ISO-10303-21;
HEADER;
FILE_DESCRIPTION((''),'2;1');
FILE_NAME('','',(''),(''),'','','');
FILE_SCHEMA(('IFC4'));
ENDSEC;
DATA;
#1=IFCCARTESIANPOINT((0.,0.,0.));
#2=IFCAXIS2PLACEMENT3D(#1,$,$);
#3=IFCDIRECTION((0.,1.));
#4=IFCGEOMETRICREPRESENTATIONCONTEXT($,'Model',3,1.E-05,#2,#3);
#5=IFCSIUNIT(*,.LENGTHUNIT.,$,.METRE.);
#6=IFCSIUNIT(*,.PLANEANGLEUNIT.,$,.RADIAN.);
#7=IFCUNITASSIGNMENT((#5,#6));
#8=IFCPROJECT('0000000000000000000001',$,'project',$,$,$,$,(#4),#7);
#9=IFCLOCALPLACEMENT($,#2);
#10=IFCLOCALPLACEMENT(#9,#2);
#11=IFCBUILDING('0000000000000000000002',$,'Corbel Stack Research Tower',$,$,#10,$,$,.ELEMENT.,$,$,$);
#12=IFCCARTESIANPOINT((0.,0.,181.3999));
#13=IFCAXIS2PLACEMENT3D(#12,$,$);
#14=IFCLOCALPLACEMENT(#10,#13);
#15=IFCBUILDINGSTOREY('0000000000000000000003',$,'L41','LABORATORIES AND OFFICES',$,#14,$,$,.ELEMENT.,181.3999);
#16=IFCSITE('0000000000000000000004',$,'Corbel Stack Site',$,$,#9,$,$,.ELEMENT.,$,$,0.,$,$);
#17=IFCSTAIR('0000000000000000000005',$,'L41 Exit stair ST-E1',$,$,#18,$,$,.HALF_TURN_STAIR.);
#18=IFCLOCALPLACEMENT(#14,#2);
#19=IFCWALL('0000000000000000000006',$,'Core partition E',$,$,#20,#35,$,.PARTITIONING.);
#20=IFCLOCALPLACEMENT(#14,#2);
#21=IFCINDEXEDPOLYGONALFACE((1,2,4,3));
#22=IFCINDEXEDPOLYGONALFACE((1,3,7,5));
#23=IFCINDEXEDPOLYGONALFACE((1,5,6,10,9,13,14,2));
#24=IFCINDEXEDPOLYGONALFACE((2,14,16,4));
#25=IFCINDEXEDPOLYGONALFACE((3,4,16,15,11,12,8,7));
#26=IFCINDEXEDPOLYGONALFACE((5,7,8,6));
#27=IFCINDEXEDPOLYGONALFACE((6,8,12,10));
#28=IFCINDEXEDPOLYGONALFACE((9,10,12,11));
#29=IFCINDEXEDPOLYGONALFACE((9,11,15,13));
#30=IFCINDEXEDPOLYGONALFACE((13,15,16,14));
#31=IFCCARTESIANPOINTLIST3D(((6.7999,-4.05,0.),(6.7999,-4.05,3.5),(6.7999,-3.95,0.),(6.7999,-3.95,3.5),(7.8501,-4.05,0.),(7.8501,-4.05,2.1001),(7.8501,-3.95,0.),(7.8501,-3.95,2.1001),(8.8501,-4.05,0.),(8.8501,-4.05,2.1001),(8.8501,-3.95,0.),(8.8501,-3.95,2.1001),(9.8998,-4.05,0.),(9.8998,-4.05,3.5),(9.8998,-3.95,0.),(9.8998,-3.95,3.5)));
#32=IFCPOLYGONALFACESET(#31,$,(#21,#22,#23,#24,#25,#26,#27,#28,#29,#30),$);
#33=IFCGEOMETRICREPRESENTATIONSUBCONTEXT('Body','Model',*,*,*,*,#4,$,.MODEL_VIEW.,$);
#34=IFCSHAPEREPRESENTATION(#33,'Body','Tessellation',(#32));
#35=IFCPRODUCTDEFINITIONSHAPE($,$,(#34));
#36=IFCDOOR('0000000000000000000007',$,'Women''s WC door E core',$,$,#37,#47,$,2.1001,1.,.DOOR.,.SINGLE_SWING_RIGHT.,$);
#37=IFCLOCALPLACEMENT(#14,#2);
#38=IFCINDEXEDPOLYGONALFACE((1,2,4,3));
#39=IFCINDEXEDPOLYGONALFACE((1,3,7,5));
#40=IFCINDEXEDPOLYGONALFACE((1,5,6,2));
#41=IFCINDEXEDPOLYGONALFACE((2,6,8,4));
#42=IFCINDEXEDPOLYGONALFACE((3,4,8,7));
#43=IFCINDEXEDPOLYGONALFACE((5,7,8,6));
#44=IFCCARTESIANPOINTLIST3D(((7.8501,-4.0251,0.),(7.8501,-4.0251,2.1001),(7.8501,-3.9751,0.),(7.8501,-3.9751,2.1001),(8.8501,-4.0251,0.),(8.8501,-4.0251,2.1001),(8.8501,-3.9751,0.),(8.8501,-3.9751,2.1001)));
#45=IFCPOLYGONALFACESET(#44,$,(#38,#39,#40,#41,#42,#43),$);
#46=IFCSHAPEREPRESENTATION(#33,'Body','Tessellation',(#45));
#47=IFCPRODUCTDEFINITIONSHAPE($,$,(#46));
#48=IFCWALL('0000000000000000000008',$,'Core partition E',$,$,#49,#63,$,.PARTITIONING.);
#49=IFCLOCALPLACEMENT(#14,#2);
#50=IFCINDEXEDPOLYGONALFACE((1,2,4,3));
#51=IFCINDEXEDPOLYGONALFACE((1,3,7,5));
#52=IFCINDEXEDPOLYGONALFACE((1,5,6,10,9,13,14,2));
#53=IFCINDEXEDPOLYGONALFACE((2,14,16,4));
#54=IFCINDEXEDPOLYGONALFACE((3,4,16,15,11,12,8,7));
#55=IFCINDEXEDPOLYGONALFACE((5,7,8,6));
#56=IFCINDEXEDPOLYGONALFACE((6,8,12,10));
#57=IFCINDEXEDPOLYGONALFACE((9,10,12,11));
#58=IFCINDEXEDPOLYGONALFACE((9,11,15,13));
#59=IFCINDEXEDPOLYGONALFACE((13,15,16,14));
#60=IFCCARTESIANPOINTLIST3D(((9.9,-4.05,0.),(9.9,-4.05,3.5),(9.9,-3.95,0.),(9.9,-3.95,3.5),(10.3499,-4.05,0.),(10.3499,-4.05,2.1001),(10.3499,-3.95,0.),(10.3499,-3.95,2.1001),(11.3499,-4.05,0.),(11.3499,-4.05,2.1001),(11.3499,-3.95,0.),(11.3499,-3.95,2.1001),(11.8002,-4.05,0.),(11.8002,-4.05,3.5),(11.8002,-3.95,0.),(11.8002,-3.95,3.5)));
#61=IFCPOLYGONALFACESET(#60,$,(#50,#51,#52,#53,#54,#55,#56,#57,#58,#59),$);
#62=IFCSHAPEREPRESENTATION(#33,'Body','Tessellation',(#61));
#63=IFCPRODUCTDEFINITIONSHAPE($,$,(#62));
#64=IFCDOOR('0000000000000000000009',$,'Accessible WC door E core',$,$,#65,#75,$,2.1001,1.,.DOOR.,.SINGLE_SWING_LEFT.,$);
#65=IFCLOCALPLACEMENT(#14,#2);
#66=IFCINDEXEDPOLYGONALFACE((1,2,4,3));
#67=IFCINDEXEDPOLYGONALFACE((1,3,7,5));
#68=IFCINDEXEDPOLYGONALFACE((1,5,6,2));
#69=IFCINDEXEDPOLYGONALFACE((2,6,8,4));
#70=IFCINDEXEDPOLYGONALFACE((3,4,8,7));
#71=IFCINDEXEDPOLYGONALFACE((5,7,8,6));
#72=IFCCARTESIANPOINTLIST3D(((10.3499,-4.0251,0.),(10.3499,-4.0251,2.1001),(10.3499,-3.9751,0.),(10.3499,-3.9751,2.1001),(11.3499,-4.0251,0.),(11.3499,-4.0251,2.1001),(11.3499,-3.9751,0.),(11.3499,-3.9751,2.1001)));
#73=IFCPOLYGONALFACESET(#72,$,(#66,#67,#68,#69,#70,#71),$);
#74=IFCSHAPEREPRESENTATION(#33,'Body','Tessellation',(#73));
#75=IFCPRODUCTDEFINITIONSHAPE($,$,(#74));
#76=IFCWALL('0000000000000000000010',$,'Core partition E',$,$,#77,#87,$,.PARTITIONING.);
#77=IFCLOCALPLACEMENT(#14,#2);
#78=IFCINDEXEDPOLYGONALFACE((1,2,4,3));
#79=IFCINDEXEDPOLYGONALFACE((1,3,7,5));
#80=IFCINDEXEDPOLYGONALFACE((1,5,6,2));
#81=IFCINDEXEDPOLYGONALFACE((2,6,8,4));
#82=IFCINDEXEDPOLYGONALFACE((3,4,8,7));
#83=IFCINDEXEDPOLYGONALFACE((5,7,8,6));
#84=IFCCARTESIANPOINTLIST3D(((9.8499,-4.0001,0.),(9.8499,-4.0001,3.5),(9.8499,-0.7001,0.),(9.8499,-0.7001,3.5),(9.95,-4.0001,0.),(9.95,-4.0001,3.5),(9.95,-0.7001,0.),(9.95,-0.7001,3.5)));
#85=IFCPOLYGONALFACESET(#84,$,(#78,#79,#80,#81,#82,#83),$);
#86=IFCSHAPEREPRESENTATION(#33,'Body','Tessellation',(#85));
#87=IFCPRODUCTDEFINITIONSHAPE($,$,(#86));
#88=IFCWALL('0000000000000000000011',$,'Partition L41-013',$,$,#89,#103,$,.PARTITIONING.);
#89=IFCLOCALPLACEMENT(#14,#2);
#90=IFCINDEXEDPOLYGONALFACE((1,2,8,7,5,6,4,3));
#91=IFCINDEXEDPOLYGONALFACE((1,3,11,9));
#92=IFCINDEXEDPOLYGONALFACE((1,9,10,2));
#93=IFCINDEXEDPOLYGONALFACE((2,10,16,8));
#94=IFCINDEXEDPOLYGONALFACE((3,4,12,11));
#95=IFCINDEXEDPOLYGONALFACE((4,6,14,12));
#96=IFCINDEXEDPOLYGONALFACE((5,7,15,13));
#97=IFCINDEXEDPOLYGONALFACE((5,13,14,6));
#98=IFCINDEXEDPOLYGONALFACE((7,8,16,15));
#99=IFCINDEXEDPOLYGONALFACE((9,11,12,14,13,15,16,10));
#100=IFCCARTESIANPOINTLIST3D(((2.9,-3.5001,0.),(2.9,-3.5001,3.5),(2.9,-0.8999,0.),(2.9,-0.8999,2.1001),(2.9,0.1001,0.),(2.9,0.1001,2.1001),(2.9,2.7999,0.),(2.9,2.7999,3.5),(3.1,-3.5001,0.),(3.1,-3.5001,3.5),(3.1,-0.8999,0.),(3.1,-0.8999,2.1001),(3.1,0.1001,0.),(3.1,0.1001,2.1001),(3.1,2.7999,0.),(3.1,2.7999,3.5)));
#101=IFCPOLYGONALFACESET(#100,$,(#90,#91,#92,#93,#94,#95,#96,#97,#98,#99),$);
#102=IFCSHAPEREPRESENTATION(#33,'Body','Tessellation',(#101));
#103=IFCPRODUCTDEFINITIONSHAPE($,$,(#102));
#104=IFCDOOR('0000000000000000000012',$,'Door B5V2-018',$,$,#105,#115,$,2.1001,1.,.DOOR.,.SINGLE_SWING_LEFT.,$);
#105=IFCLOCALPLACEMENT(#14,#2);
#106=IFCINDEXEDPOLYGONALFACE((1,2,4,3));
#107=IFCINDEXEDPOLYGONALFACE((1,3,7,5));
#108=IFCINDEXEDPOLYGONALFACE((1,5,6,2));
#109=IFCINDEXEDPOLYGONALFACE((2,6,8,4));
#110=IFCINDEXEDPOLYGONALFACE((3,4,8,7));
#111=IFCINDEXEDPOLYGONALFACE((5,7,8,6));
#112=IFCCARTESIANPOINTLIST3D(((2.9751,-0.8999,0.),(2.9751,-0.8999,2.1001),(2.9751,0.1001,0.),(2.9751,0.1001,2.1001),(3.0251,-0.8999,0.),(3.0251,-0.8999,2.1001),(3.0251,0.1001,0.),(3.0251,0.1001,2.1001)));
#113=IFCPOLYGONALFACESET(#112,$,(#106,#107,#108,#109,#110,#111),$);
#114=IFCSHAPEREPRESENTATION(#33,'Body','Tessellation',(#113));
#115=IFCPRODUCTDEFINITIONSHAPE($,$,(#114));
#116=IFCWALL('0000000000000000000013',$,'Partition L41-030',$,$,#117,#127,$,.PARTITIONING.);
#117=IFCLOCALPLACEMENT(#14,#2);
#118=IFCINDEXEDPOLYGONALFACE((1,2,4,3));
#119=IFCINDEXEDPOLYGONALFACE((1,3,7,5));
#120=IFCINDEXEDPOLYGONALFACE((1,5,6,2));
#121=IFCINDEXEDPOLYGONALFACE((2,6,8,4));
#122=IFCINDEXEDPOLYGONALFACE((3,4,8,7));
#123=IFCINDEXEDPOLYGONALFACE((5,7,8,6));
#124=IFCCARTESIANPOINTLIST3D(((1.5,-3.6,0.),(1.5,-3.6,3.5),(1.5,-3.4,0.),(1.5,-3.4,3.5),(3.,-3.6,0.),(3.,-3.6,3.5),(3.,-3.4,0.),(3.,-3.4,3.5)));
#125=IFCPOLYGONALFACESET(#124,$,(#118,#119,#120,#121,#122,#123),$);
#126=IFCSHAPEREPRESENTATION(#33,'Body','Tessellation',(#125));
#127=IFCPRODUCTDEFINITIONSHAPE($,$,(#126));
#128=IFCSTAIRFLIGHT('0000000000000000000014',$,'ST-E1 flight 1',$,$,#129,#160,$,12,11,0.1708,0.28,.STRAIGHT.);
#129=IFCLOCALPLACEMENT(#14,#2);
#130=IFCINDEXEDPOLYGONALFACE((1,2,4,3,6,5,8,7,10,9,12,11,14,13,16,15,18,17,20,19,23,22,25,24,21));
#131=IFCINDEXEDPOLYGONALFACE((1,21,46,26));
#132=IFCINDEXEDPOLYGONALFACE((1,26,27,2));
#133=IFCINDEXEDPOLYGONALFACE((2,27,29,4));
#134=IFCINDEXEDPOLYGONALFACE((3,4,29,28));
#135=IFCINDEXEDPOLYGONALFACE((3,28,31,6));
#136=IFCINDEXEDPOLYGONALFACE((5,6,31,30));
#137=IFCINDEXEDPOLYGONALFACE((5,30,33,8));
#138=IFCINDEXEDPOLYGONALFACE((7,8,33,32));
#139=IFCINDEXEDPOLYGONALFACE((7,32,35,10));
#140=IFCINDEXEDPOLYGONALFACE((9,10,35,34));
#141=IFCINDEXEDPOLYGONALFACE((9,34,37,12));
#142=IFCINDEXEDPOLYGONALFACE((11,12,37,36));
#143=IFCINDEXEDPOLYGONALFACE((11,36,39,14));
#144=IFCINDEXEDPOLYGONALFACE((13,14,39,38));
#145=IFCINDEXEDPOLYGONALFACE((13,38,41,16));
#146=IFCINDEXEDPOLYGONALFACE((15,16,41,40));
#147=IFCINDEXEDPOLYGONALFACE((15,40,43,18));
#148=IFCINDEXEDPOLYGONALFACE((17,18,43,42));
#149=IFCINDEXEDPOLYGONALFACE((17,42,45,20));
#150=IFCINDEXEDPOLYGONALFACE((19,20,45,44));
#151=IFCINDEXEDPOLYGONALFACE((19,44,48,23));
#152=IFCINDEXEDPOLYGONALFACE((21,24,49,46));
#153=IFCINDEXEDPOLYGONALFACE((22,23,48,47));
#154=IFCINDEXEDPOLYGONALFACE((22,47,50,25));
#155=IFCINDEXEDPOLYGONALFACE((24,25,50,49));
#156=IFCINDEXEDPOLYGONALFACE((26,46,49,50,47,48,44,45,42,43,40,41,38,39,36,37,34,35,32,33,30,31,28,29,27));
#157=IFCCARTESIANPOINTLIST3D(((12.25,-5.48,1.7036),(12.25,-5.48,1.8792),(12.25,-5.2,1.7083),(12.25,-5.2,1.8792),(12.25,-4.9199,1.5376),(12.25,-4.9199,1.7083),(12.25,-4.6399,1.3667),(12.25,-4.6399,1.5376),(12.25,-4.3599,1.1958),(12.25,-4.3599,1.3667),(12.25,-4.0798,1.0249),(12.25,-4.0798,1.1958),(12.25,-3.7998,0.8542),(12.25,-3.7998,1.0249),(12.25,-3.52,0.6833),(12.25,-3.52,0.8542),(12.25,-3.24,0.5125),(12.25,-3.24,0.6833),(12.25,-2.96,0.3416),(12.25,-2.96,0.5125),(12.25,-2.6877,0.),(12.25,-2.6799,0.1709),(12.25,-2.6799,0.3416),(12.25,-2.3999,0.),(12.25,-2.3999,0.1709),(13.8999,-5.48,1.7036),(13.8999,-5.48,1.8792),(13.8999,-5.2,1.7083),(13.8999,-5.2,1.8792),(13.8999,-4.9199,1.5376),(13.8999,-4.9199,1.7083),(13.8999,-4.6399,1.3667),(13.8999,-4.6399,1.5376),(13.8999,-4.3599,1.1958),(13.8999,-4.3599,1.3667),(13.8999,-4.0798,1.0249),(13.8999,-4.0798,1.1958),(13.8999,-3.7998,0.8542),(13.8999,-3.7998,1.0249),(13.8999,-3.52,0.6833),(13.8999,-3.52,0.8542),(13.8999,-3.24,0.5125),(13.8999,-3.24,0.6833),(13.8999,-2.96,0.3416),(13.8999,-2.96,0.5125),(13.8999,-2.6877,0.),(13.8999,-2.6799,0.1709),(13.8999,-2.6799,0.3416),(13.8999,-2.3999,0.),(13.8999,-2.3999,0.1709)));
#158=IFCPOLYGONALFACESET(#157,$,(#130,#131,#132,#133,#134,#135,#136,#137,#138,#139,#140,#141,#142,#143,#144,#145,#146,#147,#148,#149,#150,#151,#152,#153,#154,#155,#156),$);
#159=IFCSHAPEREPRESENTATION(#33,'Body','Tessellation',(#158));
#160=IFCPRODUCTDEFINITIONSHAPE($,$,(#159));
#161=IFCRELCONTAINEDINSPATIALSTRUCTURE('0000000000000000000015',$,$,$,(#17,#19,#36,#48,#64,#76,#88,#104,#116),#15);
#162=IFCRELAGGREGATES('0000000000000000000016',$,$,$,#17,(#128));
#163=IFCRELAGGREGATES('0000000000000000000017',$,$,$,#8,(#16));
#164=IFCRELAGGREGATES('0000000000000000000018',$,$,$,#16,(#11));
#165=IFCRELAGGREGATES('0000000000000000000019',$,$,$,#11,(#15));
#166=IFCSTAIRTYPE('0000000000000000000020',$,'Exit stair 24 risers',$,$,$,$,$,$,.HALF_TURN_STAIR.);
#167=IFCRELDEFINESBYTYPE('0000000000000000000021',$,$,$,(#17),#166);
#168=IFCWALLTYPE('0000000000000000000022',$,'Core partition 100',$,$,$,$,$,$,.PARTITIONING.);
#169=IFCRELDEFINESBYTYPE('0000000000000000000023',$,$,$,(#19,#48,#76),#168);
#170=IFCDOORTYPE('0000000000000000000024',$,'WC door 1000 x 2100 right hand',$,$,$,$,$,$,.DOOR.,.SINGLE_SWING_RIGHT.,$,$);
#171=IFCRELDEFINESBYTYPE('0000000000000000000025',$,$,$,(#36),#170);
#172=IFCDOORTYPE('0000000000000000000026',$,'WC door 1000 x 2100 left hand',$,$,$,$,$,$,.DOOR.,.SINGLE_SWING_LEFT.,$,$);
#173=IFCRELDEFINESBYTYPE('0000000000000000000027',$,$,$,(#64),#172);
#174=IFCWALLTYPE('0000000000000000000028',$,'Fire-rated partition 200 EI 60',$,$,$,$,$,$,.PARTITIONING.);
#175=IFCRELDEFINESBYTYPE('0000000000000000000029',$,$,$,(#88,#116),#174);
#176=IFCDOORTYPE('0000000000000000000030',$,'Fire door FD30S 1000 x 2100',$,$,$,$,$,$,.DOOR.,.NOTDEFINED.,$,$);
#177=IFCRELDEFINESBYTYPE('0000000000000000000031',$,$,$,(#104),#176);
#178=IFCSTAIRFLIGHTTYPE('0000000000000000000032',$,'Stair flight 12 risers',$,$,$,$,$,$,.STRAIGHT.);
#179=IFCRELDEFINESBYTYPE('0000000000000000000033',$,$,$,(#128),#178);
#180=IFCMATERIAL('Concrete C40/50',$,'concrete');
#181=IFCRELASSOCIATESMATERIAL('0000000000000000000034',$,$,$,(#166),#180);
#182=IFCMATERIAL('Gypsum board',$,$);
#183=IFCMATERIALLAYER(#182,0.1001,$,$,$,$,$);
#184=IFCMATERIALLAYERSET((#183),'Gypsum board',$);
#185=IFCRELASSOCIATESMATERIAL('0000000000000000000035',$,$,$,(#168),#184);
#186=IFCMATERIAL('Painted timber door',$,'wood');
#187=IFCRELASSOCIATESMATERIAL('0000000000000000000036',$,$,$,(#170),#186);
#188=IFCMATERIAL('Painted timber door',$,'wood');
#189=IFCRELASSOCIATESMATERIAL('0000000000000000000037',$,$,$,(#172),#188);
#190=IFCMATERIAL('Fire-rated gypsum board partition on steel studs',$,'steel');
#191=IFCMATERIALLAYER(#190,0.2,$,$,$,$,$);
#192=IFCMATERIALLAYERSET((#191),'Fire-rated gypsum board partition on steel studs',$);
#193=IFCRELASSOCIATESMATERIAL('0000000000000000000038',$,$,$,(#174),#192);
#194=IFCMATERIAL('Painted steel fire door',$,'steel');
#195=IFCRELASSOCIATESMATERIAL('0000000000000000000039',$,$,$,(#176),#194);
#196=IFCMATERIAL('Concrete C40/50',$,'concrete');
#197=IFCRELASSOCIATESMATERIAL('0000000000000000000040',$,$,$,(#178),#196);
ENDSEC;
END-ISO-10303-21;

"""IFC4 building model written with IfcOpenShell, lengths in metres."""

from ifc_helpers import new_model, si_unit, direction, frame, frame_2d, origin, place, context, subcontext, project, spatial, polyline, rectangle, outline, extrude, material, layer, layer_set, type_object, element, fill, aggregate, save


model = new_model("IFC4")

# Units and contexts
model_context = context("Model", 3, precision=1e-05, world=origin(), true_north=direction((0.0, 1.0)))
body_context = subcontext(model_context, "Body", "Model", "MODEL_VIEW")
ifc_project = project(units=[si_unit("LENGTHUNIT", "METRE"), si_unit("PLANEANGLEUNIT", "RADIAN")], contexts=[model_context])

# Site, building, storey
site_placement = place(None, origin())
site = spatial("IfcSite", under=ifc_project, at=site_placement, Name="Corbel Stack Site", CompositionType="ELEMENT", RefElevation=0.0)
building_placement = place(site_placement, origin())
building = spatial("IfcBuilding", under=site, at=building_placement, Name="Corbel Stack Research Tower", CompositionType="ELEMENT")
storey_placement = place(building_placement, frame((0.0, 0.0, 181.3999)))
storey = spatial("IfcBuildingStorey", under=building, at=storey_placement, Name="L41", Description="LABORATORIES AND OFFICES", CompositionType="ELEMENT", Elevation=181.3999)

# Stair
ifc_material_1 = material(Name="Concrete C40/50", Category="concrete")
stair_type = type_object("IfcStairType", Name="Exit stair 24 risers", PredefinedType="HALF_TURN_STAIR", material=ifc_material_1)
stair_1_placement = place(storey_placement, origin())
stair_1 = element("IfcStair", 1, at=stair_1_placement, inside=storey, type_object=stair_type, Name="L41 Exit stair ST-E1", PredefinedType="HALF_TURN_STAIR")

# Walls, openings, doors
ifc_material_2 = material(Name="Gypsum board")
ifc_layer_1 = layer(ifc_material_2, 0.1001)
ifc_layer_set_1 = layer_set([ifc_layer_1], Name="Gypsum board")
wall_type_1 = type_object("IfcWallType", Name="Core partition 100", PredefinedType="PARTITIONING", material=ifc_layer_set_1)
wall_1_placement = place(storey_placement, frame((6.8, -4.0, 0.0), z_axis=(0.0, 0.0, 1.0), x_axis=(1.0, 0.0, 0.0)))
wall_1 = element("IfcWall", 2, at=wall_1_placement, inside=storey, type_object=wall_type_1, Name="Core partition E", PredefinedType="PARTITIONING", context=body_context, shape_type="SweptSolid", body=[
    extrude(rectangle(XDim=3.0999, YDim=0.1001, at=frame_2d((1.5498, 0.0))), origin(), (0.0, 0.0, 1.0), 3.5),
])
opening_1_placement = place(wall_1_placement, frame((1.05, 0.0, 0.0)))
opening_1 = element("IfcOpeningElement", 3, at=opening_1_placement, cuts=wall_1, PredefinedType="OPENING", context=body_context, shape_type="SweptSolid", body=[
    extrude(rectangle(XDim=1.0, YDim=2.1001, at=frame_2d((0.5, 1.05))), frame((0.0, 0.0601, 0.0), z_axis=(0.0, -1.0, 0.0), x_axis=(1.0, 0.0, 0.0)), (0.0, 0.0, 1.0), 0.1201),
])
ifc_material_3 = material(Name="Painted timber door", Category="wood")
door_type_1 = type_object("IfcDoorType", Name="WC door 1000 x 2100 right hand", OperationType="SINGLE_SWING_RIGHT", PredefinedType="DOOR", material=ifc_material_3)
door_1_placement = place(opening_1_placement, origin())
door_1 = element("IfcDoor", 4, at=door_1_placement, inside=storey, type_object=door_type_1, Name="Women's WC door E core", OperationType="SINGLE_SWING_RIGHT", OverallHeight=2.1001, OverallWidth=1.0, PredefinedType="DOOR", context=body_context, shape_type="SweptSolid", body=[
    extrude(rectangle(XDim=1.0, YDim=2.1001, at=frame_2d((0.5, 1.05))), frame((0.0, 0.0249, 0.0), z_axis=(0.0, -1.0, 0.0), x_axis=(1.0, 0.0, 0.0)), (0.0, 0.0, 1.0), 0.05),
])
fill(opening_1, door_1)
wall_2_placement = place(storey_placement, frame((9.8999, -4.0, 0.0), z_axis=(0.0, 0.0, 1.0), x_axis=(1.0, 0.0, 0.0)))
wall_2 = element("IfcWall", 5, at=wall_2_placement, inside=storey, type_object=wall_type_1, Name="Core partition E", PredefinedType="PARTITIONING", context=body_context, shape_type="SweptSolid", body=[
    extrude(rectangle(XDim=1.9001, YDim=0.1001, at=frame_2d((0.9502, 0.0))), origin(), (0.0, 0.0, 1.0), 3.5),
])
opening_2_placement = place(wall_2_placement, frame((0.45, 0.0, 0.0)))
opening_2 = element("IfcOpeningElement", 6, at=opening_2_placement, cuts=wall_2, PredefinedType="OPENING", context=body_context, shape_type="SweptSolid", body=[
    extrude(rectangle(XDim=1.0, YDim=2.1001, at=frame_2d((0.5, 1.05))), frame((0.0, 0.0601, 0.0), z_axis=(0.0, -1.0, 0.0), x_axis=(1.0, 0.0, 0.0)), (0.0, 0.0, 1.0), 0.1201),
])
ifc_material_4 = material(Name="Painted timber door", Category="wood")
door_type_2 = type_object("IfcDoorType", Name="WC door 1000 x 2100 left hand", OperationType="SINGLE_SWING_LEFT", PredefinedType="DOOR", material=ifc_material_4)
door_2_placement = place(opening_2_placement, origin())
door_2 = element("IfcDoor", 7, at=door_2_placement, inside=storey, type_object=door_type_2, Name="Accessible WC door E core", OperationType="SINGLE_SWING_LEFT", OverallHeight=2.1001, OverallWidth=1.0, PredefinedType="DOOR", context=body_context, shape_type="SweptSolid", body=[
    extrude(rectangle(XDim=1.0, YDim=2.1001, at=frame_2d((0.5, 1.05))), frame((0.0, 0.0249, 0.0), z_axis=(0.0, -1.0, 0.0), x_axis=(1.0, 0.0, 0.0)), (0.0, 0.0, 1.0), 0.05),
])
fill(opening_2, door_2)

# Wall
wall_3_placement = place(storey_placement, frame((9.8999, -4.0, 0.0), z_axis=(0.0, 0.0, 1.0), x_axis=(0.0, 1.0, 0.0)))
element("IfcWall", 8, at=wall_3_placement, inside=storey, type_object=wall_type_1, Name="Core partition E", PredefinedType="PARTITIONING", context=body_context, shape_type="SweptSolid", body=[
    extrude(rectangle(XDim=3.3, YDim=0.1001, at=frame_2d((1.6499, 0.0))), origin(), (0.0, 0.0, 1.0), 3.5),
])

# Wall, opening, door
ifc_material_5 = material(Name="Fire-rated gypsum board partition on steel studs", Category="steel")
ifc_layer_2 = layer(ifc_material_5, 0.2)
ifc_layer_set_2 = layer_set([ifc_layer_2], Name="Fire-rated gypsum board partition on steel studs")
wall_type_2 = type_object("IfcWallType", Name="Fire-rated partition 200 EI 60", PredefinedType="PARTITIONING", material=ifc_layer_set_2)
wall_4_placement = place(storey_placement, frame((3.0, -3.5, 0.0), z_axis=(0.0, 0.0, 1.0), x_axis=(0.0, 1.0, 0.0)))
wall_4 = element("IfcWall", 9, at=wall_4_placement, inside=storey, type_object=wall_type_2, Name="Partition L41-013", PredefinedType="PARTITIONING", context=body_context, shape_type="SweptSolid", body=[
    extrude(rectangle(XDim=6.3, YDim=0.2, at=frame_2d((3.1499, 0.0))), origin(), (0.0, 0.0, 1.0), 3.5),
])
opening_3_placement = place(wall_4_placement, frame((2.6001, 0.0, 0.0)))
opening_3 = element("IfcOpeningElement", 10, at=opening_3_placement, cuts=wall_4, PredefinedType="OPENING", context=body_context, shape_type="SweptSolid", body=[
    extrude(rectangle(XDim=1.0, YDim=2.1001, at=frame_2d((0.5, 1.05))), frame((0.0, 0.1099, 0.0), z_axis=(0.0, -1.0, 0.0), x_axis=(1.0, 0.0, 0.0)), (0.0, 0.0, 1.0), 0.22),
])
ifc_material_6 = material(Name="Painted steel fire door", Category="steel")
door_type_3 = type_object("IfcDoorType", Name="Fire door FD30S 1000 x 2100", OperationType="NOTDEFINED", PredefinedType="DOOR", material=ifc_material_6)
door_3_placement = place(opening_3_placement, origin())
door_3 = element("IfcDoor", 11, at=door_3_placement, inside=storey, type_object=door_type_3, Name="Door B5V2-018", OperationType="SINGLE_SWING_LEFT", OverallHeight=2.1001, OverallWidth=1.0, PredefinedType="DOOR", context=body_context, shape_type="SweptSolid", body=[
    extrude(rectangle(XDim=1.0, YDim=2.1001, at=frame_2d((0.5, 1.05))), frame((0.0, 0.0249, 0.0), z_axis=(0.0, -1.0, 0.0), x_axis=(1.0, 0.0, 0.0)), (0.0, 0.0, 1.0), 0.05),
])
fill(opening_3, door_3)

# Wall
wall_5_placement = place(storey_placement, frame((1.5, -3.5, 0.0), z_axis=(0.0, 0.0, 1.0), x_axis=(1.0, 0.0, 0.0)))
element("IfcWall", 12, at=wall_5_placement, inside=storey, type_object=wall_type_2, Name="Partition L41-030", PredefinedType="PARTITIONING", context=body_context, shape_type="SweptSolid", body=[
    extrude(rectangle(XDim=1.5, YDim=0.2, at=frame_2d((0.75, 0.0))), origin(), (0.0, 0.0, 1.0), 3.5),
])

# Stair flight
ifc_material_7 = material(Name="Concrete C40/50", Category="concrete")
stair_flight_type = type_object("IfcStairFlightType", Name="Stair flight 12 risers", PredefinedType="STRAIGHT", material=ifc_material_7)
stair_flight_placement = place(storey_placement, frame((13.075, -2.3999, 0.0), z_axis=(0.0, 0.0, 1.0), x_axis=(0.0, -1.0, 0.0)))
stair_flight = element("IfcStairFlight", 13, at=stair_flight_placement, type_object=stair_flight_type, Name="ST-E1 flight 1", NumberOfRisers=12, NumberOfTreads=11, PredefinedType="STRAIGHT", RiserHeight=0.1708, TreadLength=0.28, context=body_context, shape_type="SweptSolid", body=[
    extrude(outline(polyline([(0.0, 0.0), (0.0, 0.1709), (0.28, 0.1709), (0.28, 0.3416), (0.5601, 0.3416), (0.5601, 0.5125), (0.8401, 0.5125), (0.8401, 0.6833), (1.1201, 0.6833), (1.1201, 0.8542), (1.3999, 0.8542), (1.3999, 1.0249), (1.6799, 1.0249), (1.6799, 1.1958), (1.96, 1.1958), (1.96, 1.3667), (2.24, 1.3667), (2.24, 1.5376), (2.52, 1.5376), (2.52, 1.7083), (2.8, 1.7083), (2.8, 1.8792), (3.0801, 1.8792), (3.0801, 2.05), (3.0801, 1.7036), (0.2878, 0.0), (0.0, 0.0)])), frame((0.0, 0.825, 0.0), z_axis=(0.0, -1.0, 0.0), x_axis=(1.0, 0.0, 0.0)), (0.0, 0.0, 1.0), 1.6499),
])
aggregate(stair_1, [stair_flight])

save(model, "model.ifc")
